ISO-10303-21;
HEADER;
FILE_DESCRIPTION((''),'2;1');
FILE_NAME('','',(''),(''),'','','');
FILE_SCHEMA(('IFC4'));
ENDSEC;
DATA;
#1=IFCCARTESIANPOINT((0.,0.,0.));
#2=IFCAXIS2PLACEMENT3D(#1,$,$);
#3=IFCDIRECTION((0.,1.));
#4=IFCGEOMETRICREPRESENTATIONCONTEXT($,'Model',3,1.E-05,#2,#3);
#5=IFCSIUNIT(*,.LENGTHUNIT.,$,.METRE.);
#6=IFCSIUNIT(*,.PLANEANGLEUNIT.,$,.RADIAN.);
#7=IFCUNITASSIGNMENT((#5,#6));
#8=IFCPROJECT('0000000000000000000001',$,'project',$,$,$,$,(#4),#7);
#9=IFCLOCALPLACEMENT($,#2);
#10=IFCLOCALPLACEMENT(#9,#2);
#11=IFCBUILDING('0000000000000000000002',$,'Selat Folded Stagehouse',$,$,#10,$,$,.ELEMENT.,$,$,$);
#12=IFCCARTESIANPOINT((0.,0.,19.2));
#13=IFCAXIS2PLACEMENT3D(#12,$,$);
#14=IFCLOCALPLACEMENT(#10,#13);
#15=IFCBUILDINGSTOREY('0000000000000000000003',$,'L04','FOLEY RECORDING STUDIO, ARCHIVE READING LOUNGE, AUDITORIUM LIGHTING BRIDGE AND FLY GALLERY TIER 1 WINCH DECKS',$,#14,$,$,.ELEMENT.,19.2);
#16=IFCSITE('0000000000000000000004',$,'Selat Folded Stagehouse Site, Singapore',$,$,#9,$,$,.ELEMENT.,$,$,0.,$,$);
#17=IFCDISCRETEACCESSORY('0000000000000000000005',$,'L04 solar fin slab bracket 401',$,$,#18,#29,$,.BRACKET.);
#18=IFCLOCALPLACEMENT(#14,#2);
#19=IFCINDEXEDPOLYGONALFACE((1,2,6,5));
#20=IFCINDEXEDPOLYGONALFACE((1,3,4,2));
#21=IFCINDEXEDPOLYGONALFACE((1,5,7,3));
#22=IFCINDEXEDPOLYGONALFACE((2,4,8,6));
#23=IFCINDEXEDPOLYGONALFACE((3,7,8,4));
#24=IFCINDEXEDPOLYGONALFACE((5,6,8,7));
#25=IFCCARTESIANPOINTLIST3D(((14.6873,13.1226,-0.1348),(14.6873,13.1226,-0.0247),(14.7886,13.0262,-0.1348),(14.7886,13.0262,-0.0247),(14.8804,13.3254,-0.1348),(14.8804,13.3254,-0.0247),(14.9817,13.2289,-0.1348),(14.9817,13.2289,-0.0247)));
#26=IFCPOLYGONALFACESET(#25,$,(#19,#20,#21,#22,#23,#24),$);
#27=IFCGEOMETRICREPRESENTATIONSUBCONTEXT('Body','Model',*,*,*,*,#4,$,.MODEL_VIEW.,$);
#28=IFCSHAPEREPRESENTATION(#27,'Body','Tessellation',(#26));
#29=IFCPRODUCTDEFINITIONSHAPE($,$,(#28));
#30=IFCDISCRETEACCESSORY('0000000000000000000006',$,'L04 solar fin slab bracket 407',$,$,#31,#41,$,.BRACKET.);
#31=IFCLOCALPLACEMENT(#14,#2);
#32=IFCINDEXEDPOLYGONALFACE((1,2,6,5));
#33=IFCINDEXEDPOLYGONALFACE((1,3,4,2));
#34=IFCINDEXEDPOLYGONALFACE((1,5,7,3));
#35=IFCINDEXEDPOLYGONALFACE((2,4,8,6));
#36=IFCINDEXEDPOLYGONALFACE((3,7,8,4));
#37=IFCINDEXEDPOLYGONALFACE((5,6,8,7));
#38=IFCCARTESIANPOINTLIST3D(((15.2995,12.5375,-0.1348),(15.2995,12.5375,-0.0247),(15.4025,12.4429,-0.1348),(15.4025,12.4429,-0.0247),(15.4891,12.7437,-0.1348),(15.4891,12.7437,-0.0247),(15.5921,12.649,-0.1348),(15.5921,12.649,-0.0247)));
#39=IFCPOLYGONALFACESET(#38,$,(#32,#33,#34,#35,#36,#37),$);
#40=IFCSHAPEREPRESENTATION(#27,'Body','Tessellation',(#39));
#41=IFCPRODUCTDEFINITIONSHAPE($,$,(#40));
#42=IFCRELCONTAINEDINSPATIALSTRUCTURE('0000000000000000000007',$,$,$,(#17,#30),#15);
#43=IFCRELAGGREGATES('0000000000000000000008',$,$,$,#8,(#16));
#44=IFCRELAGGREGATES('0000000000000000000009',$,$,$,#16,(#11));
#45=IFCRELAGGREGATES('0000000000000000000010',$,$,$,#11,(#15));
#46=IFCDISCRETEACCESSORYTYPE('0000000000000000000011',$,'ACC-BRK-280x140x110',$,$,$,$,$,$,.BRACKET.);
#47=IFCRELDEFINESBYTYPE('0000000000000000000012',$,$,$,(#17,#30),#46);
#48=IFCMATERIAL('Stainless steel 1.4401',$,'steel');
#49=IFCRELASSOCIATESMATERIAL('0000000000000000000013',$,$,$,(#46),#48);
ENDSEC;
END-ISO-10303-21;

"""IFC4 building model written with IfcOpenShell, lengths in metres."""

from ifc_helpers import new_model, si_unit, direction, frame, origin, origin_2d, place, context, subcontext, project, spatial, rectangle, extrude, material, type_object, element, save


model = new_model("IFC4")

# Units and contexts
model_context = context("Model", 3, precision=1e-05, world=origin(), true_north=direction((0.0, 1.0)))
body_context = subcontext(model_context, "Body", "Model", "MODEL_VIEW")
ifc_project = project(units=[si_unit("LENGTHUNIT", "METRE"), si_unit("PLANEANGLEUNIT", "RADIAN")], contexts=[model_context])

# Site, building, storey
site_placement = place(None, origin())
site = spatial("IfcSite", under=ifc_project, at=site_placement, Name="Selat Folded Stagehouse Site, Singapore", CompositionType="ELEMENT", RefElevation=0.0)
building_placement = place(site_placement, origin())
building = spatial("IfcBuilding", under=site, at=building_placement, Name="Selat Folded Stagehouse", CompositionType="ELEMENT")
storey_placement = place(building_placement, frame((0.0, 0.0, 19.2)))
storey = spatial("IfcBuildingStorey", under=building, at=storey_placement, Name="L04", Description="FOLEY RECORDING STUDIO, ARCHIVE READING LOUNGE, AUDITORIUM LIGHTING BRIDGE AND FLY GALLERY TIER 1 WINCH DECKS", CompositionType="ELEMENT", Elevation=19.2)

# Discrete accessories
ifc_material_1 = material(Name="Stainless steel 1.4401", Category="steel")
discrete_accessory_type = type_object("IfcDiscreteAccessoryType", Name="ACC-BRK-280x140x110", PredefinedType="BRACKET", material=ifc_material_1)
for number, where, z_axis, x_axis, name in (
    (1, (14.8345, 13.1758, -0.1348), (0.0, 0.0, 1.0), (-0.68962, -0.724172, 0.0), "L04 solar fin slab bracket 401"),
    (2, (15.4458, 12.5933, -0.1348), (0.0, 0.0, 1.0), (-0.676876, -0.736097, 0.0), "L04 solar fin slab bracket 407"),
):
    element("IfcDiscreteAccessory", number, at=place(storey_placement, frame(where, z_axis=z_axis, x_axis=x_axis)), inside=storey, type_object=discrete_accessory_type, Name=name, PredefinedType="BRACKET", context=body_context, shape_type="SweptSolid", body=[
        extrude(rectangle(XDim=0.28, YDim=0.1399, at=origin_2d()), origin(), (0.0, 0.0, 1.0), 0.1101),
    ])

save(model, "model.ifc")
